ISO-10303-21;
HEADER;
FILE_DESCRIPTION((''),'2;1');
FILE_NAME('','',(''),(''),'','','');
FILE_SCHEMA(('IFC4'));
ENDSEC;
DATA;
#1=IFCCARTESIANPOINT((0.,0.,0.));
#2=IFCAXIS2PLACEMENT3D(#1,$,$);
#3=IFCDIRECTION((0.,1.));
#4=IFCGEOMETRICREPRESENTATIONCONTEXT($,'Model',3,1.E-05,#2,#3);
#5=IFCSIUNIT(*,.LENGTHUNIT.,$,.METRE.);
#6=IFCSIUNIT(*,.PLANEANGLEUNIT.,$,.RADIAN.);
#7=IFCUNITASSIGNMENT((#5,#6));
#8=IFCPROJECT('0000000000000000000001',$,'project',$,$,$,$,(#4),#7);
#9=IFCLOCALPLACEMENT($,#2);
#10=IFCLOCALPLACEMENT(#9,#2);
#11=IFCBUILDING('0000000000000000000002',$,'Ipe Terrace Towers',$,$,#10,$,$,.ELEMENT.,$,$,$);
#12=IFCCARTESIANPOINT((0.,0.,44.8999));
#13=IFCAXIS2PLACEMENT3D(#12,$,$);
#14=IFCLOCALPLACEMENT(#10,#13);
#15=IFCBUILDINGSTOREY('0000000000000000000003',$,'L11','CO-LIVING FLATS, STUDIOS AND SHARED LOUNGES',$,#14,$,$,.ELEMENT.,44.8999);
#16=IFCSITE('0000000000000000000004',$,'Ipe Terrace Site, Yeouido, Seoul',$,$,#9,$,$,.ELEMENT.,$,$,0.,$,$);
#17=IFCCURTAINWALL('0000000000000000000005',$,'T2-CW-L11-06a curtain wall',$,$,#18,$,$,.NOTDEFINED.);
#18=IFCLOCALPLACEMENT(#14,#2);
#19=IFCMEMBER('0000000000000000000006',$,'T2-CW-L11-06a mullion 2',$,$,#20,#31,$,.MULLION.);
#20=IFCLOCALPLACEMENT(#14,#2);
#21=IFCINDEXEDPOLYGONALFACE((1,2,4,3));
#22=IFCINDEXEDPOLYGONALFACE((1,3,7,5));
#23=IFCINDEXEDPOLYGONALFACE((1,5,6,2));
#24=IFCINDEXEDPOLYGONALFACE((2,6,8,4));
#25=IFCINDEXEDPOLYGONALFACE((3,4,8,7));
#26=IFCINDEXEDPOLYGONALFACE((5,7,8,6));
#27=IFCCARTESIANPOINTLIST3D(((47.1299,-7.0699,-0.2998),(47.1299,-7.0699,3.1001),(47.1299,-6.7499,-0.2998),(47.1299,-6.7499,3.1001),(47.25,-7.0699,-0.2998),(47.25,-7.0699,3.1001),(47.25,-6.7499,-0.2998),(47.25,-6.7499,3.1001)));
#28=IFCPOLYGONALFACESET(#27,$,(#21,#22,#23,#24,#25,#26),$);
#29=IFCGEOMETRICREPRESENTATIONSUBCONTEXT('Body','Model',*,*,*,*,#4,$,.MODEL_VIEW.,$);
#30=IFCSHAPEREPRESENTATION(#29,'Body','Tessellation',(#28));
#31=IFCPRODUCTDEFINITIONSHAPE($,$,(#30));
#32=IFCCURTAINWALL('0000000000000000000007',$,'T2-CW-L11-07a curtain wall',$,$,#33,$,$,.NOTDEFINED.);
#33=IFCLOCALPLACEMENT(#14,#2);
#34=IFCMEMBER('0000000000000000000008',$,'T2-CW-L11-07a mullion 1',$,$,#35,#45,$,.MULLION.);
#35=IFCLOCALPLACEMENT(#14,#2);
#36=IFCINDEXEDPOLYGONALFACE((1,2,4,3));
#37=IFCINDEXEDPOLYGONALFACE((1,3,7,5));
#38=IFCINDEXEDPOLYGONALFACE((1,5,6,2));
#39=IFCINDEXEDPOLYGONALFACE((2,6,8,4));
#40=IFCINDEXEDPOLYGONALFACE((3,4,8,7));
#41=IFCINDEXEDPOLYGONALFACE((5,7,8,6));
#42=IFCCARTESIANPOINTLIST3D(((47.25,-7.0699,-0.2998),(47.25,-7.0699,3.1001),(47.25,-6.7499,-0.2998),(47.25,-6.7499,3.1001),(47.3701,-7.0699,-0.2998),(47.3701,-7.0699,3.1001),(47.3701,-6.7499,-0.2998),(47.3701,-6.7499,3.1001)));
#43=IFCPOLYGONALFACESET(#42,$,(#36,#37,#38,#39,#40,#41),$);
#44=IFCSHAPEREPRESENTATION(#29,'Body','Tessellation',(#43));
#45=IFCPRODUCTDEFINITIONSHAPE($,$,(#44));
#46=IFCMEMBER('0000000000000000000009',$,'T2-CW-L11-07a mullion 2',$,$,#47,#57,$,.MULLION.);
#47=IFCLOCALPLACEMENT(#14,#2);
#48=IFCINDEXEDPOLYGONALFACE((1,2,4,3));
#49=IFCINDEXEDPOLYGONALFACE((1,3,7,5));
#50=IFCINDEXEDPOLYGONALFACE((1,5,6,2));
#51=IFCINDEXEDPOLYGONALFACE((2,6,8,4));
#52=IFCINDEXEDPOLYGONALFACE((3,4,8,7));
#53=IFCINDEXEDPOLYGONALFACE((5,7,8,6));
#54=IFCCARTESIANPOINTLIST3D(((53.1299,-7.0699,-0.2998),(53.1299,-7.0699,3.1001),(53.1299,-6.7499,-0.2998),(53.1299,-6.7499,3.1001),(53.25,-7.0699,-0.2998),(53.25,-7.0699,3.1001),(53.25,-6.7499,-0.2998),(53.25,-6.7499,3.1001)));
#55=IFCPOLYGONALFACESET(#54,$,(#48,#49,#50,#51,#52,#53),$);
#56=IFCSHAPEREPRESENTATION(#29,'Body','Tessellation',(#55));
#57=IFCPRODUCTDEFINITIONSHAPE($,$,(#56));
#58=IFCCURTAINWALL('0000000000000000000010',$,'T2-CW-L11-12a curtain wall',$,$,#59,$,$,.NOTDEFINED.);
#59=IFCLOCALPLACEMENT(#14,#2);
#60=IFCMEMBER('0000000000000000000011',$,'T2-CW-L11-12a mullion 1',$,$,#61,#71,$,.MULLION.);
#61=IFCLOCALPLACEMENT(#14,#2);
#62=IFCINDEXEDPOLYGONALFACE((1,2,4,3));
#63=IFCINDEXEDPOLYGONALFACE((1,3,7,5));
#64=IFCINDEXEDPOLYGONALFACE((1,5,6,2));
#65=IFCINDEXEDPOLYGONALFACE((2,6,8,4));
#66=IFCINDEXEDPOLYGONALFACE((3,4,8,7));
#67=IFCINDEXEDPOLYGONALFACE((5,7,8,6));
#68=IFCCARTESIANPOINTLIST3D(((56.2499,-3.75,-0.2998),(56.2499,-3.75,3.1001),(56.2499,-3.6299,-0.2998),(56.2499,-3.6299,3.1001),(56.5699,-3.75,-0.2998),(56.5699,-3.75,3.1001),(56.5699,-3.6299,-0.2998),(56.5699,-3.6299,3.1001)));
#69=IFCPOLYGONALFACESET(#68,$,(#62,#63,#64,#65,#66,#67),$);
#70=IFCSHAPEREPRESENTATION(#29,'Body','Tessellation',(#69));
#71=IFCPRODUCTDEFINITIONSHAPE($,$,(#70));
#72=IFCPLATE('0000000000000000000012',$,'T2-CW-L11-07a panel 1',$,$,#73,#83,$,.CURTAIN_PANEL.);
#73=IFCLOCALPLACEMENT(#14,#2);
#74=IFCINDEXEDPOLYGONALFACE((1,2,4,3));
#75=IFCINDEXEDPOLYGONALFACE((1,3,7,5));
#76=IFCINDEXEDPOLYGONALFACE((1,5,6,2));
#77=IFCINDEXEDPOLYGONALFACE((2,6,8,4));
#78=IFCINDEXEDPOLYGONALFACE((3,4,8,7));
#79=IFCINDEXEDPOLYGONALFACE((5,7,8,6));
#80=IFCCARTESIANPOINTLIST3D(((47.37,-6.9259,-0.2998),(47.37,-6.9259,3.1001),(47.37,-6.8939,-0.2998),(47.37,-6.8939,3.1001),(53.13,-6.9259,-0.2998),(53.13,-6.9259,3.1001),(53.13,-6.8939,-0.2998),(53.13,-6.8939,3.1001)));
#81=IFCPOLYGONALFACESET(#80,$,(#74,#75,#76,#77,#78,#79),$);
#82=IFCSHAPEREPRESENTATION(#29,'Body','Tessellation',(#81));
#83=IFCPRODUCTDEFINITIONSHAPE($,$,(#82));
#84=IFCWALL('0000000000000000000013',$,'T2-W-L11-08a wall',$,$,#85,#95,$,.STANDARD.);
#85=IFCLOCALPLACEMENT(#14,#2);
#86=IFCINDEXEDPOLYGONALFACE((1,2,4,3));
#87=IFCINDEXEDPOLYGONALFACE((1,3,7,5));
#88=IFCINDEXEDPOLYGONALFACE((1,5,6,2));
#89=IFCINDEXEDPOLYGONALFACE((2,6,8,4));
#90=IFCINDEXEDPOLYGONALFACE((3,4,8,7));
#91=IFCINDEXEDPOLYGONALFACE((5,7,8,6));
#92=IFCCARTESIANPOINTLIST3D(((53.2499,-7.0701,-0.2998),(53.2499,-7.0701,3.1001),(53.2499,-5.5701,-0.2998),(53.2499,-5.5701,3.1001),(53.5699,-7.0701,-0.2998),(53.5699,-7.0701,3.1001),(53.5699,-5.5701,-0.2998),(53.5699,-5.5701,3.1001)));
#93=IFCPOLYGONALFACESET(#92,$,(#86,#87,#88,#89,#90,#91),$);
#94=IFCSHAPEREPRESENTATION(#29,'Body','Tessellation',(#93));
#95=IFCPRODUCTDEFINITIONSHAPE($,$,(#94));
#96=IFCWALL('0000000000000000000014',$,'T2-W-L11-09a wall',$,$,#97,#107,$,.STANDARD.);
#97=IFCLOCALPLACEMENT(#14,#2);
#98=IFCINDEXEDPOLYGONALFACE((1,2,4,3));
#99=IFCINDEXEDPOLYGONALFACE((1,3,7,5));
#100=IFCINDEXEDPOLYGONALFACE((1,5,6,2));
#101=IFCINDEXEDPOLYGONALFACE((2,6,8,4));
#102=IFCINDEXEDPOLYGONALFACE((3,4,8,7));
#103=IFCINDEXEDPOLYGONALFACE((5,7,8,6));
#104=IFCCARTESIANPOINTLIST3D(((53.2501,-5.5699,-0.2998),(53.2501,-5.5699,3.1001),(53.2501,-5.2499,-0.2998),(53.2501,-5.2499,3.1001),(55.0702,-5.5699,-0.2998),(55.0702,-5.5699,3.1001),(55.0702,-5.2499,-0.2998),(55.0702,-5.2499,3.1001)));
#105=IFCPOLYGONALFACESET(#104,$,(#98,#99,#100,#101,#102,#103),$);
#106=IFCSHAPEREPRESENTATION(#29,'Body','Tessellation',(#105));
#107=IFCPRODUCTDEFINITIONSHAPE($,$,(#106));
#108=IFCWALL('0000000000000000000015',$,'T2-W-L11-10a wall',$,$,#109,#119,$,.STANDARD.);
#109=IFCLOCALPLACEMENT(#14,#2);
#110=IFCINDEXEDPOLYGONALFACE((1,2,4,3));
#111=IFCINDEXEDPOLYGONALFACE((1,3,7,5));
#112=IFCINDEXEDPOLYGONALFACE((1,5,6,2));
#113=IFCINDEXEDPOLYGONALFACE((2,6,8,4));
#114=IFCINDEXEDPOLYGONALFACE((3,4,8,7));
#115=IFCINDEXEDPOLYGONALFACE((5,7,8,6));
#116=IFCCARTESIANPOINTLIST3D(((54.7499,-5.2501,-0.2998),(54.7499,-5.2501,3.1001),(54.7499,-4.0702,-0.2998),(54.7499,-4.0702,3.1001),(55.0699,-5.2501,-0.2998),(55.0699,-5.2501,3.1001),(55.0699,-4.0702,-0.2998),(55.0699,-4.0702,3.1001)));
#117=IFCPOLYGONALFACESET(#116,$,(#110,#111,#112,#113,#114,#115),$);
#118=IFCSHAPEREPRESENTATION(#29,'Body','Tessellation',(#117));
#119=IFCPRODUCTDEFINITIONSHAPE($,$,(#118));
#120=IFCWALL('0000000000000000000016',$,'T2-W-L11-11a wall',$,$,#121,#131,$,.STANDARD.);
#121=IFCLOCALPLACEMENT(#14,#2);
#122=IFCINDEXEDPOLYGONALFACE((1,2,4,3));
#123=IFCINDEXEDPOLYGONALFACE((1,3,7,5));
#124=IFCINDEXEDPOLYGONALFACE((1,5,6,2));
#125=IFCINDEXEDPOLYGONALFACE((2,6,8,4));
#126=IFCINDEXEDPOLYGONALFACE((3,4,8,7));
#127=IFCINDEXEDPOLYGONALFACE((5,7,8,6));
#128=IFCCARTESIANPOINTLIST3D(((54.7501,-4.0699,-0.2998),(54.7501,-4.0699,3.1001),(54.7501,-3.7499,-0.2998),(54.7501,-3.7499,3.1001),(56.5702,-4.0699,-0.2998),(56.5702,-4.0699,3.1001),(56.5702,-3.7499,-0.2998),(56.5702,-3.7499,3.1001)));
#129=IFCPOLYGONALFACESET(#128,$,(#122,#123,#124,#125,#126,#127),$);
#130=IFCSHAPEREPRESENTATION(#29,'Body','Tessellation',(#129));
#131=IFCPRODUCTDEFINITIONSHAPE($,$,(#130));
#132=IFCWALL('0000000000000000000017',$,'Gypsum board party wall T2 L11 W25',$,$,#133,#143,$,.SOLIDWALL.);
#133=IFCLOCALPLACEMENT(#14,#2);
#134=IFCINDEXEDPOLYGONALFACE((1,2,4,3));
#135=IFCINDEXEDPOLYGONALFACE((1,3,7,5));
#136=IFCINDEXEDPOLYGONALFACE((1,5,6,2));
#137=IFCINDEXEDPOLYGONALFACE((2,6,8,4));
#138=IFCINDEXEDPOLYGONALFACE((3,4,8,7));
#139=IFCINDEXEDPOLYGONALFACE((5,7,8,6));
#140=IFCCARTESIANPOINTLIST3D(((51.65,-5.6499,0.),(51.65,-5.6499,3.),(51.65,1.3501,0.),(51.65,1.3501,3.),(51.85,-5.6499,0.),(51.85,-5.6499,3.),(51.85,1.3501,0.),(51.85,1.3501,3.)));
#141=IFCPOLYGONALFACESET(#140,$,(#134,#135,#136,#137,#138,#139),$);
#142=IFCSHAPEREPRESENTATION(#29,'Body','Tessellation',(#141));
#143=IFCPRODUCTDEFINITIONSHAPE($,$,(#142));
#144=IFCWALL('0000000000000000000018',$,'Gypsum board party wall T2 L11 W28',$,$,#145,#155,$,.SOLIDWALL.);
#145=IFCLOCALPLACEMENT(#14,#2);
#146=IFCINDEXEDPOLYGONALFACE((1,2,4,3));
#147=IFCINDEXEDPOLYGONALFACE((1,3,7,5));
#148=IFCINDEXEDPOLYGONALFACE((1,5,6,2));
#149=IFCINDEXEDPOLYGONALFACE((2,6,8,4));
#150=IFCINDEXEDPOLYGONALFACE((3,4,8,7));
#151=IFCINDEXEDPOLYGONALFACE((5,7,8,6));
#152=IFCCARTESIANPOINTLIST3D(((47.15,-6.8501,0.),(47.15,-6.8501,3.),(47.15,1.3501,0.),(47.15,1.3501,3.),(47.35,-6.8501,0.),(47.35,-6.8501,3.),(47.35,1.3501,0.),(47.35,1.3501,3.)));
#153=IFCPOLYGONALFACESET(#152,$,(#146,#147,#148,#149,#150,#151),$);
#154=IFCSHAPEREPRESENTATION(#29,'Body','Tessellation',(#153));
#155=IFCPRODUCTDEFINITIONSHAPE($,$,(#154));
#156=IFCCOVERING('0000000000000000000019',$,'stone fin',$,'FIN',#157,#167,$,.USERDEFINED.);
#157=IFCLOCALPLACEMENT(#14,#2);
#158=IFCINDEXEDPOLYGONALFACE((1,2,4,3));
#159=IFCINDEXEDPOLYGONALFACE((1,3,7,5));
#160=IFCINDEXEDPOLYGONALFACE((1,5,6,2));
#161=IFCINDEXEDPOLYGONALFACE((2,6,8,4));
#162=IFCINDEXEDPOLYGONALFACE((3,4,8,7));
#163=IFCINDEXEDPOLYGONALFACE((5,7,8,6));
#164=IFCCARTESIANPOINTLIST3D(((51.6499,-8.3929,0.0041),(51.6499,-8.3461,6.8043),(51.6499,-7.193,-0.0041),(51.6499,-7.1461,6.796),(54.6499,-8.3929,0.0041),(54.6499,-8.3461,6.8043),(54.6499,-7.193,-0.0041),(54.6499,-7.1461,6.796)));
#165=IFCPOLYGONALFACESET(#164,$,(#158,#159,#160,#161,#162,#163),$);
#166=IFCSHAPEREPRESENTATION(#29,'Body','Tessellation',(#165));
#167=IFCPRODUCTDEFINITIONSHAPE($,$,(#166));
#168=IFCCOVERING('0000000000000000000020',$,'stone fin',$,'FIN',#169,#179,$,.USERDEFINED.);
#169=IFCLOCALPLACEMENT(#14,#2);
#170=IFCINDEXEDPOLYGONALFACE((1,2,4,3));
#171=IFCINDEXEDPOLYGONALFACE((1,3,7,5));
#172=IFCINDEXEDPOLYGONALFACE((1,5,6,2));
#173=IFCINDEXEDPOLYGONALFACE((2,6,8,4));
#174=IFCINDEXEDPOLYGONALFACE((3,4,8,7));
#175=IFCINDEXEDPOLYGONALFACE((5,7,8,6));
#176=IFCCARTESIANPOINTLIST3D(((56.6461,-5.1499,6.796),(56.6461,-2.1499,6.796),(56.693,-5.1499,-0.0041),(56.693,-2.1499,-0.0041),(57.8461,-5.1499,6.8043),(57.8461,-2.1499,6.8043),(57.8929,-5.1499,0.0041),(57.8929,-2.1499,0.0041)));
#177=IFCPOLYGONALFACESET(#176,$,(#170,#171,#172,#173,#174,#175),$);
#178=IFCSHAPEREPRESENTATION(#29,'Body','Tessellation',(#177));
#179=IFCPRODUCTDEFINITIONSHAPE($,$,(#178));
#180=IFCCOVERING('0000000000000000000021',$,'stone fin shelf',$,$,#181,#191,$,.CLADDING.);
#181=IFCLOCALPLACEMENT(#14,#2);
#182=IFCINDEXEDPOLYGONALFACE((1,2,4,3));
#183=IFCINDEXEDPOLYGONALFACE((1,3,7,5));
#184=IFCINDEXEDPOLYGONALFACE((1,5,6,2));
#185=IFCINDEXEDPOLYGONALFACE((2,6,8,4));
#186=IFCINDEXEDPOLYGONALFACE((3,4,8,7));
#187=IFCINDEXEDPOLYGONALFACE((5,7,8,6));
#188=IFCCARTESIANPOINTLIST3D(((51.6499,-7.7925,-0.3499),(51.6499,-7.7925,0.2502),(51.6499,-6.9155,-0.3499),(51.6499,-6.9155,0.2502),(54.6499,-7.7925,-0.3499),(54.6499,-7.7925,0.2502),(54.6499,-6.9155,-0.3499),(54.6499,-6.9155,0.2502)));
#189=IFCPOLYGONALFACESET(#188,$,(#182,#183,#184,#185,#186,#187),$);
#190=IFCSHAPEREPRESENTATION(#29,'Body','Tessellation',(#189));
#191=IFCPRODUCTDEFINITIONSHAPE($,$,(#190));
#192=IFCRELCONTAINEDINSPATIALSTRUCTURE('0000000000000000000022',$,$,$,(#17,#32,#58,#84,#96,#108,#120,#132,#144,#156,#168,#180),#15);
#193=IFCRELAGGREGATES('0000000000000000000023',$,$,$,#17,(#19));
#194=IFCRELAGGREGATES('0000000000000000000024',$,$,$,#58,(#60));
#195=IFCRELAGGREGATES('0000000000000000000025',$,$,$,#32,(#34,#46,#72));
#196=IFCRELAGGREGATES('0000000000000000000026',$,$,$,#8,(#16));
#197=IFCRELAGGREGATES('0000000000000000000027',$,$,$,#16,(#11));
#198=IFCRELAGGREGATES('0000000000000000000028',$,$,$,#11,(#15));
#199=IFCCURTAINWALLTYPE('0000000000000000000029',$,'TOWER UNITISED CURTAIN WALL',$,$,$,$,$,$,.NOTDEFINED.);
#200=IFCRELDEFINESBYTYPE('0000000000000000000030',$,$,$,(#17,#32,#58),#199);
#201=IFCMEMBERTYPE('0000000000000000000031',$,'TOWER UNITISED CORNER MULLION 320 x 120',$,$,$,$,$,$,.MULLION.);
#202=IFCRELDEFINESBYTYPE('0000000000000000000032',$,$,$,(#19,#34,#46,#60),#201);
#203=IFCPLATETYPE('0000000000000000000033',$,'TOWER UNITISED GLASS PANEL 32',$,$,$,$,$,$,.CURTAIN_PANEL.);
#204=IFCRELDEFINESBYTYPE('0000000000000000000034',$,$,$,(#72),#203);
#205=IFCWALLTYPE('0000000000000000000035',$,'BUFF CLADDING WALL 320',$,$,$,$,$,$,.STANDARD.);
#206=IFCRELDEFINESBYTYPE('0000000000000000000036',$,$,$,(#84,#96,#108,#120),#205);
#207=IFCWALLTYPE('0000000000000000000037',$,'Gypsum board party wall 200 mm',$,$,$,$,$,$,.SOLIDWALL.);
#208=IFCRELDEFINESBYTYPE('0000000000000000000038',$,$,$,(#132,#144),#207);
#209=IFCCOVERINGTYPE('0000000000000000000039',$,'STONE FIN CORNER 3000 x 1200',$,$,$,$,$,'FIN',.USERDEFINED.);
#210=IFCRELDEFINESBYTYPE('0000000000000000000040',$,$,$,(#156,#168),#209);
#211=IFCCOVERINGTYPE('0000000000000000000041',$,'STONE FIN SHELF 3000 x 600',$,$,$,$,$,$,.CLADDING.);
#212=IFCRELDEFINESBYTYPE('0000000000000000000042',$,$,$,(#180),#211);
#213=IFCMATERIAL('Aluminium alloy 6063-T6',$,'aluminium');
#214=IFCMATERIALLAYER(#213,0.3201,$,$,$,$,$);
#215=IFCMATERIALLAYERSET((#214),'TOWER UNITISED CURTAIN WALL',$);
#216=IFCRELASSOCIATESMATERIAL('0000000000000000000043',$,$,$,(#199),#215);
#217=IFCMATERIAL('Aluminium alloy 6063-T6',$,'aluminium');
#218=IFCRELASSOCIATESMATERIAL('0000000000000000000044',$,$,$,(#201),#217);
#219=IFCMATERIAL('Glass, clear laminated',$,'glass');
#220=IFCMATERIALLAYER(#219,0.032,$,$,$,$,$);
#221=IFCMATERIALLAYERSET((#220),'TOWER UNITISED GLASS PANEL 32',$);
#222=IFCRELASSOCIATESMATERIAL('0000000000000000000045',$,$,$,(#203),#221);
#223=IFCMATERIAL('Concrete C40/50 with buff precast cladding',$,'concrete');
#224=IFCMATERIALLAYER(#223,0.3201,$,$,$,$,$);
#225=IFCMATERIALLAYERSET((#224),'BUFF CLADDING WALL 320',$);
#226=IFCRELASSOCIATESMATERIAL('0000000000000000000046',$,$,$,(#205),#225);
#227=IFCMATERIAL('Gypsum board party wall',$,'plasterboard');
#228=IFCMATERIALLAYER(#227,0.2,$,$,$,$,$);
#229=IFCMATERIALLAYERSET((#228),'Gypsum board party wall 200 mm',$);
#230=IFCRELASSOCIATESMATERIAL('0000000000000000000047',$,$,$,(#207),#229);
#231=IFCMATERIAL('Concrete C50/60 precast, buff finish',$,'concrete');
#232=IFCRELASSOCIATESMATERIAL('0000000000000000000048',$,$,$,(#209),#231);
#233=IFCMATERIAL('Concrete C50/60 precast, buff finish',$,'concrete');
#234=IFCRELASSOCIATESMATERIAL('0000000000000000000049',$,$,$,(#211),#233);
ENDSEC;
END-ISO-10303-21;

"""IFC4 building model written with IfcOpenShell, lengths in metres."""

from ifc_helpers import new_model, si_unit, direction, frame, frame_2d, origin, origin_2d, place, context, subcontext, project, spatial, rectangle, extrude, material, layer, layer_set, material_profile, profile_set, type_object, element, aggregate, save


model = new_model("IFC4")

# Units and contexts
model_context = context("Model", 3, precision=1e-05, world=origin(), true_north=direction((0.0, 1.0)))
body_context = subcontext(model_context, "Body", "Model", "MODEL_VIEW")
ifc_project = project(units=[si_unit("LENGTHUNIT", "METRE"), si_unit("PLANEANGLEUNIT", "RADIAN")], contexts=[model_context])

# Site, building, storey
site_placement = place(None, origin())
site = spatial("IfcSite", under=ifc_project, at=site_placement, Name="Ipe Terrace Site, Yeouido, Seoul", CompositionType="ELEMENT", RefElevation=0.0)
building_placement = place(site_placement, origin())
building = spatial("IfcBuilding", under=site, at=building_placement, Name="Ipe Terrace Towers", CompositionType="ELEMENT")
storey_placement = place(building_placement, frame((0.0, 0.0, 44.8999)))
storey = spatial("IfcBuildingStorey", under=building, at=storey_placement, Name="L11", Description="CO-LIVING FLATS, STUDIOS AND SHARED LOUNGES", CompositionType="ELEMENT", Elevation=44.8999)

# Curtain wall, member
ifc_material_1 = material(Name="Aluminium alloy 6063-T6", Category="aluminium")
ifc_layer_1 = layer(ifc_material_1, 0.3201)
ifc_layer_set_1 = layer_set([ifc_layer_1], Name="TOWER UNITISED CURTAIN WALL")
curtain_wall_type = type_object("IfcCurtainWallType", Name="TOWER UNITISED CURTAIN WALL", PredefinedType="NOTDEFINED", material=ifc_layer_set_1)
curtain_wall_1_placement = place(storey_placement, origin())
curtain_wall_1 = element("IfcCurtainWall", 1, at=curtain_wall_1_placement, inside=storey, type_object=curtain_wall_type, Name="T2-CW-L11-06a curtain wall", PredefinedType="NOTDEFINED")
ifc_material_2 = material(Name="Aluminium alloy 6063-T6", Category="aluminium")
ifc_material_profile_1 = material_profile(ifc_material_2, rectangle(XDim=0.3201, YDim=0.1201, at=origin_2d()), Name="TOWER UNITISED CORNER MULLION 320 x 120")
ifc_profile_set_1 = profile_set([ifc_material_profile_1], Name="Aluminium alloy 6063-T6")
member_type = type_object("IfcMemberType", Name="TOWER UNITISED CORNER MULLION 320 x 120", PredefinedType="MULLION", material=ifc_profile_set_1)
member_1_placement = place(storey_placement, frame((47.1899, -6.9099, -0.2998), z_axis=(0.0, 0.0, 1.0), x_axis=(0.0, -1.0, 0.0)))
member_1 = element("IfcMember", 2, at=member_1_placement, type_object=member_type, Name="T2-CW-L11-06a mullion 2", PredefinedType="MULLION", context=body_context, shape_type="SweptSolid", body=[
    extrude(rectangle(XDim=0.3201, YDim=0.1201, at=origin_2d()), origin(), (0.0, 0.0, 1.0), 3.3999),
])
aggregate(curtain_wall_1, [member_1])

# Curtain wall, members
curtain_wall_2_placement = place(storey_placement, origin())
curtain_wall_2 = element("IfcCurtainWall", 3, at=curtain_wall_2_placement, inside=storey, type_object=curtain_wall_type, Name="T2-CW-L11-07a curtain wall", PredefinedType="NOTDEFINED")
member_2_placement = place(storey_placement, frame((47.3101, -6.9099, -0.2998), z_axis=(0.0, 0.0, 1.0), x_axis=(0.0, -1.0, 0.0)))
member_2 = element("IfcMember", 4, at=member_2_placement, type_object=member_type, Name="T2-CW-L11-07a mullion 1", PredefinedType="MULLION", context=body_context, shape_type="SweptSolid", body=[
    extrude(rectangle(XDim=0.3201, YDim=0.1201, at=origin_2d()), origin(), (0.0, 0.0, 1.0), 3.3999),
])
member_3_placement = place(storey_placement, frame((53.1899, -6.9099, -0.2998), z_axis=(0.0, 0.0, 1.0), x_axis=(0.0, -1.0, 0.0)))
member_3 = element("IfcMember", 5, at=member_3_placement, type_object=member_type, Name="T2-CW-L11-07a mullion 2", PredefinedType="MULLION", context=body_context, shape_type="SweptSolid", body=[
    extrude(rectangle(XDim=0.3201, YDim=0.1201, at=origin_2d()), origin(), (0.0, 0.0, 1.0), 3.3999),
])

# Curtain wall, member
curtain_wall_3_placement = place(storey_placement, origin())
curtain_wall_3 = element("IfcCurtainWall", 6, at=curtain_wall_3_placement, inside=storey, type_object=curtain_wall_type, Name="T2-CW-L11-12a curtain wall", PredefinedType="NOTDEFINED")
member_4_placement = place(storey_placement, frame((56.4099, -3.6899, -0.2998), z_axis=(0.0, 0.0, 1.0), x_axis=(1.0, 0.0, 0.0)))
member_4 = element("IfcMember", 7, at=member_4_placement, type_object=member_type, Name="T2-CW-L11-12a mullion 1", PredefinedType="MULLION", context=body_context, shape_type="SweptSolid", body=[
    extrude(rectangle(XDim=0.3201, YDim=0.1201, at=origin_2d()), origin(), (0.0, 0.0, 1.0), 3.3999),
])
aggregate(curtain_wall_3, [member_4])

# Plate
ifc_material_3 = material(Name="Glass, clear laminated", Category="glass")
ifc_layer_2 = layer(ifc_material_3, 0.032)
ifc_layer_set_2 = layer_set([ifc_layer_2], Name="TOWER UNITISED GLASS PANEL 32")
plate_type = type_object("IfcPlateType", Name="TOWER UNITISED GLASS PANEL 32", PredefinedType="CURTAIN_PANEL", material=ifc_layer_set_2)
plate_placement = place(storey_placement, frame((50.25, -6.9099, -0.2998), z_axis=(0.0, 0.0, 1.0), x_axis=(1.0, 0.0, 0.0)))
plate = element("IfcPlate", 8, at=plate_placement, type_object=plate_type, Name="T2-CW-L11-07a panel 1", PredefinedType="CURTAIN_PANEL", context=body_context, shape_type="SweptSolid", body=[
    extrude(rectangle(XDim=5.76, YDim=0.032, at=origin_2d()), origin(), (0.0, 0.0, 1.0), 3.3999),
])
aggregate(curtain_wall_2, [member_2, member_3, plate])

# Walls
ifc_material_4 = material(Name="Concrete C40/50 with buff precast cladding", Category="concrete")
ifc_layer_3 = layer(ifc_material_4, 0.3201)
ifc_layer_set_3 = layer_set([ifc_layer_3], Name="BUFF CLADDING WALL 320")
wall_type_1 = type_object("IfcWallType", Name="BUFF CLADDING WALL 320", PredefinedType="STANDARD", material=ifc_layer_set_3)
wall_1_placement = place(storey_placement, frame((53.4099, -7.0701, -0.2998), z_axis=(0.0, 0.0, 1.0), x_axis=(0.0, 1.0, 0.0)))
element("IfcWall", 9, at=wall_1_placement, inside=storey, type_object=wall_type_1, Name="T2-W-L11-08a wall", PredefinedType="STANDARD", context=body_context, shape_type="SweptSolid", body=[
    extrude(rectangle(XDim=1.5, YDim=0.3201, at=frame_2d((0.75, 0.0))), origin(), (0.0, 0.0, 1.0), 3.3999),
])
wall_2_placement = place(storey_placement, frame((53.25, -5.4099, -0.2998), z_axis=(0.0, 0.0, 1.0), x_axis=(1.0, 0.0, 0.0)))
element("IfcWall", 10, at=wall_2_placement, inside=storey, type_object=wall_type_1, Name="T2-W-L11-09a wall", PredefinedType="STANDARD", context=body_context, shape_type="SweptSolid", body=[
    extrude(rectangle(XDim=1.8201, YDim=0.3201, at=frame_2d((0.9102, 0.0))), origin(), (0.0, 0.0, 1.0), 3.3999),
])
wall_3_placement = place(storey_placement, frame((54.9099, -5.25, -0.2998), z_axis=(0.0, 0.0, 1.0), x_axis=(0.0, 1.0, 0.0)))
element("IfcWall", 11, at=wall_3_placement, inside=storey, type_object=wall_type_1, Name="T2-W-L11-10a wall", PredefinedType="STANDARD", context=body_context, shape_type="SweptSolid", body=[
    extrude(rectangle(XDim=1.1799, YDim=0.3201, at=frame_2d((0.5898, 0.0))), origin(), (0.0, 0.0, 1.0), 3.3999),
])
wall_4_placement = place(storey_placement, frame((54.75, -3.9099, -0.2998), z_axis=(0.0, 0.0, 1.0), x_axis=(1.0, 0.0, 0.0)))
element("IfcWall", 12, at=wall_4_placement, inside=storey, type_object=wall_type_1, Name="T2-W-L11-11a wall", PredefinedType="STANDARD", context=body_context, shape_type="SweptSolid", body=[
    extrude(rectangle(XDim=1.8201, YDim=0.3201, at=frame_2d((0.9102, 0.0))), origin(), (0.0, 0.0, 1.0), 3.3999),
])
ifc_material_5 = material(Name="Gypsum board party wall", Category="plasterboard")
ifc_layer_4 = layer(ifc_material_5, 0.2)
ifc_layer_set_4 = layer_set([ifc_layer_4], Name="Gypsum board party wall 200 mm")
wall_type_2 = type_object("IfcWallType", Name="Gypsum board party wall 200 mm", PredefinedType="SOLIDWALL", material=ifc_layer_set_4)
wall_5_placement = place(storey_placement, frame((51.75, -5.6499, 0.0), z_axis=(0.0, 0.0, 1.0), x_axis=(0.0, 1.0, 0.0)))
element("IfcWall", 13, at=wall_5_placement, inside=storey, type_object=wall_type_2, Name="Gypsum board party wall T2 L11 W25", PredefinedType="SOLIDWALL", context=body_context, shape_type="SweptSolid", body=[
    extrude(rectangle(XDim=7.0, YDim=0.2, at=frame_2d((3.5, 0.0))), origin(), (0.0, 0.0, 1.0), 3.0),
])
wall_6_placement = place(storey_placement, frame((47.25, -6.8501, 0.0), z_axis=(0.0, 0.0, 1.0), x_axis=(0.0, 1.0, 0.0)))
element("IfcWall", 14, at=wall_6_placement, inside=storey, type_object=wall_type_2, Name="Gypsum board party wall T2 L11 W28", PredefinedType="SOLIDWALL", context=body_context, shape_type="SweptSolid", body=[
    extrude(rectangle(XDim=8.2002, YDim=0.2, at=frame_2d((4.1001, 0.0))), origin(), (0.0, 0.0, 1.0), 3.0),
])

# Coverings
ifc_material_6 = material(Name="Concrete C50/60 precast, buff finish", Category="concrete")
ifc_material_profile_2 = material_profile(ifc_material_6, rectangle(XDim=3.0, YDim=1.2, at=origin_2d()), Name="STONE FIN CORNER 3000 x 1200")
ifc_profile_set_2 = profile_set([ifc_material_profile_2], Name="Concrete C50/60 precast, buff finish")
covering_type_1 = type_object("IfcCoveringType", Name="STONE FIN CORNER 3000 x 1200", ElementType="FIN", PredefinedType="USERDEFINED", material=ifc_profile_set_2)
for number, where, z_axis, x_axis, name in (
    (15, (53.1499, -7.793, 0.0), (0.0, 0.006893, 0.999976), (1.0, 0.0, 0.0), "stone fin"),
    (16, (57.293, -3.6499, 0.0), (-0.006893, 0.0, 0.999976), (0.0, 1.0, 0.0), "stone fin"),
):
    element("IfcCovering", number, at=place(storey_placement, frame(where, z_axis=z_axis, x_axis=x_axis)), inside=storey, type_object=covering_type_1, Name=name, ObjectType="FIN", PredefinedType="USERDEFINED", context=body_context, shape_type="SweptSolid", body=[
        extrude(rectangle(XDim=3.0, YDim=1.2, at=origin_2d()), origin(), (0.0, 0.0, 1.0), 6.8003),
    ])
ifc_material_7 = material(Name="Concrete C50/60 precast, buff finish", Category="concrete")
covering_type_2 = type_object("IfcCoveringType", Name="STONE FIN SHELF 3000 x 600", PredefinedType="CLADDING", material=ifc_material_7)
for number, where, z_axis, x_axis, name in (
    (17, (53.1499, -7.354, -0.3499), (0.0, 0.0, 1.0), (1.0, 0.0, 0.0), "stone fin shelf"),
):
    element("IfcCovering", number, at=place(storey_placement, frame(where, z_axis=z_axis, x_axis=x_axis)), inside=storey, type_object=covering_type_2, Name=name, PredefinedType="CLADDING", context=body_context, shape_type="SweptSolid", body=[
        extrude(rectangle(XDim=3.0, YDim=0.877, at=origin_2d()), origin(), (0.0, 0.0, 1.0), 0.6001),
    ])

save(model, "model.ifc")
